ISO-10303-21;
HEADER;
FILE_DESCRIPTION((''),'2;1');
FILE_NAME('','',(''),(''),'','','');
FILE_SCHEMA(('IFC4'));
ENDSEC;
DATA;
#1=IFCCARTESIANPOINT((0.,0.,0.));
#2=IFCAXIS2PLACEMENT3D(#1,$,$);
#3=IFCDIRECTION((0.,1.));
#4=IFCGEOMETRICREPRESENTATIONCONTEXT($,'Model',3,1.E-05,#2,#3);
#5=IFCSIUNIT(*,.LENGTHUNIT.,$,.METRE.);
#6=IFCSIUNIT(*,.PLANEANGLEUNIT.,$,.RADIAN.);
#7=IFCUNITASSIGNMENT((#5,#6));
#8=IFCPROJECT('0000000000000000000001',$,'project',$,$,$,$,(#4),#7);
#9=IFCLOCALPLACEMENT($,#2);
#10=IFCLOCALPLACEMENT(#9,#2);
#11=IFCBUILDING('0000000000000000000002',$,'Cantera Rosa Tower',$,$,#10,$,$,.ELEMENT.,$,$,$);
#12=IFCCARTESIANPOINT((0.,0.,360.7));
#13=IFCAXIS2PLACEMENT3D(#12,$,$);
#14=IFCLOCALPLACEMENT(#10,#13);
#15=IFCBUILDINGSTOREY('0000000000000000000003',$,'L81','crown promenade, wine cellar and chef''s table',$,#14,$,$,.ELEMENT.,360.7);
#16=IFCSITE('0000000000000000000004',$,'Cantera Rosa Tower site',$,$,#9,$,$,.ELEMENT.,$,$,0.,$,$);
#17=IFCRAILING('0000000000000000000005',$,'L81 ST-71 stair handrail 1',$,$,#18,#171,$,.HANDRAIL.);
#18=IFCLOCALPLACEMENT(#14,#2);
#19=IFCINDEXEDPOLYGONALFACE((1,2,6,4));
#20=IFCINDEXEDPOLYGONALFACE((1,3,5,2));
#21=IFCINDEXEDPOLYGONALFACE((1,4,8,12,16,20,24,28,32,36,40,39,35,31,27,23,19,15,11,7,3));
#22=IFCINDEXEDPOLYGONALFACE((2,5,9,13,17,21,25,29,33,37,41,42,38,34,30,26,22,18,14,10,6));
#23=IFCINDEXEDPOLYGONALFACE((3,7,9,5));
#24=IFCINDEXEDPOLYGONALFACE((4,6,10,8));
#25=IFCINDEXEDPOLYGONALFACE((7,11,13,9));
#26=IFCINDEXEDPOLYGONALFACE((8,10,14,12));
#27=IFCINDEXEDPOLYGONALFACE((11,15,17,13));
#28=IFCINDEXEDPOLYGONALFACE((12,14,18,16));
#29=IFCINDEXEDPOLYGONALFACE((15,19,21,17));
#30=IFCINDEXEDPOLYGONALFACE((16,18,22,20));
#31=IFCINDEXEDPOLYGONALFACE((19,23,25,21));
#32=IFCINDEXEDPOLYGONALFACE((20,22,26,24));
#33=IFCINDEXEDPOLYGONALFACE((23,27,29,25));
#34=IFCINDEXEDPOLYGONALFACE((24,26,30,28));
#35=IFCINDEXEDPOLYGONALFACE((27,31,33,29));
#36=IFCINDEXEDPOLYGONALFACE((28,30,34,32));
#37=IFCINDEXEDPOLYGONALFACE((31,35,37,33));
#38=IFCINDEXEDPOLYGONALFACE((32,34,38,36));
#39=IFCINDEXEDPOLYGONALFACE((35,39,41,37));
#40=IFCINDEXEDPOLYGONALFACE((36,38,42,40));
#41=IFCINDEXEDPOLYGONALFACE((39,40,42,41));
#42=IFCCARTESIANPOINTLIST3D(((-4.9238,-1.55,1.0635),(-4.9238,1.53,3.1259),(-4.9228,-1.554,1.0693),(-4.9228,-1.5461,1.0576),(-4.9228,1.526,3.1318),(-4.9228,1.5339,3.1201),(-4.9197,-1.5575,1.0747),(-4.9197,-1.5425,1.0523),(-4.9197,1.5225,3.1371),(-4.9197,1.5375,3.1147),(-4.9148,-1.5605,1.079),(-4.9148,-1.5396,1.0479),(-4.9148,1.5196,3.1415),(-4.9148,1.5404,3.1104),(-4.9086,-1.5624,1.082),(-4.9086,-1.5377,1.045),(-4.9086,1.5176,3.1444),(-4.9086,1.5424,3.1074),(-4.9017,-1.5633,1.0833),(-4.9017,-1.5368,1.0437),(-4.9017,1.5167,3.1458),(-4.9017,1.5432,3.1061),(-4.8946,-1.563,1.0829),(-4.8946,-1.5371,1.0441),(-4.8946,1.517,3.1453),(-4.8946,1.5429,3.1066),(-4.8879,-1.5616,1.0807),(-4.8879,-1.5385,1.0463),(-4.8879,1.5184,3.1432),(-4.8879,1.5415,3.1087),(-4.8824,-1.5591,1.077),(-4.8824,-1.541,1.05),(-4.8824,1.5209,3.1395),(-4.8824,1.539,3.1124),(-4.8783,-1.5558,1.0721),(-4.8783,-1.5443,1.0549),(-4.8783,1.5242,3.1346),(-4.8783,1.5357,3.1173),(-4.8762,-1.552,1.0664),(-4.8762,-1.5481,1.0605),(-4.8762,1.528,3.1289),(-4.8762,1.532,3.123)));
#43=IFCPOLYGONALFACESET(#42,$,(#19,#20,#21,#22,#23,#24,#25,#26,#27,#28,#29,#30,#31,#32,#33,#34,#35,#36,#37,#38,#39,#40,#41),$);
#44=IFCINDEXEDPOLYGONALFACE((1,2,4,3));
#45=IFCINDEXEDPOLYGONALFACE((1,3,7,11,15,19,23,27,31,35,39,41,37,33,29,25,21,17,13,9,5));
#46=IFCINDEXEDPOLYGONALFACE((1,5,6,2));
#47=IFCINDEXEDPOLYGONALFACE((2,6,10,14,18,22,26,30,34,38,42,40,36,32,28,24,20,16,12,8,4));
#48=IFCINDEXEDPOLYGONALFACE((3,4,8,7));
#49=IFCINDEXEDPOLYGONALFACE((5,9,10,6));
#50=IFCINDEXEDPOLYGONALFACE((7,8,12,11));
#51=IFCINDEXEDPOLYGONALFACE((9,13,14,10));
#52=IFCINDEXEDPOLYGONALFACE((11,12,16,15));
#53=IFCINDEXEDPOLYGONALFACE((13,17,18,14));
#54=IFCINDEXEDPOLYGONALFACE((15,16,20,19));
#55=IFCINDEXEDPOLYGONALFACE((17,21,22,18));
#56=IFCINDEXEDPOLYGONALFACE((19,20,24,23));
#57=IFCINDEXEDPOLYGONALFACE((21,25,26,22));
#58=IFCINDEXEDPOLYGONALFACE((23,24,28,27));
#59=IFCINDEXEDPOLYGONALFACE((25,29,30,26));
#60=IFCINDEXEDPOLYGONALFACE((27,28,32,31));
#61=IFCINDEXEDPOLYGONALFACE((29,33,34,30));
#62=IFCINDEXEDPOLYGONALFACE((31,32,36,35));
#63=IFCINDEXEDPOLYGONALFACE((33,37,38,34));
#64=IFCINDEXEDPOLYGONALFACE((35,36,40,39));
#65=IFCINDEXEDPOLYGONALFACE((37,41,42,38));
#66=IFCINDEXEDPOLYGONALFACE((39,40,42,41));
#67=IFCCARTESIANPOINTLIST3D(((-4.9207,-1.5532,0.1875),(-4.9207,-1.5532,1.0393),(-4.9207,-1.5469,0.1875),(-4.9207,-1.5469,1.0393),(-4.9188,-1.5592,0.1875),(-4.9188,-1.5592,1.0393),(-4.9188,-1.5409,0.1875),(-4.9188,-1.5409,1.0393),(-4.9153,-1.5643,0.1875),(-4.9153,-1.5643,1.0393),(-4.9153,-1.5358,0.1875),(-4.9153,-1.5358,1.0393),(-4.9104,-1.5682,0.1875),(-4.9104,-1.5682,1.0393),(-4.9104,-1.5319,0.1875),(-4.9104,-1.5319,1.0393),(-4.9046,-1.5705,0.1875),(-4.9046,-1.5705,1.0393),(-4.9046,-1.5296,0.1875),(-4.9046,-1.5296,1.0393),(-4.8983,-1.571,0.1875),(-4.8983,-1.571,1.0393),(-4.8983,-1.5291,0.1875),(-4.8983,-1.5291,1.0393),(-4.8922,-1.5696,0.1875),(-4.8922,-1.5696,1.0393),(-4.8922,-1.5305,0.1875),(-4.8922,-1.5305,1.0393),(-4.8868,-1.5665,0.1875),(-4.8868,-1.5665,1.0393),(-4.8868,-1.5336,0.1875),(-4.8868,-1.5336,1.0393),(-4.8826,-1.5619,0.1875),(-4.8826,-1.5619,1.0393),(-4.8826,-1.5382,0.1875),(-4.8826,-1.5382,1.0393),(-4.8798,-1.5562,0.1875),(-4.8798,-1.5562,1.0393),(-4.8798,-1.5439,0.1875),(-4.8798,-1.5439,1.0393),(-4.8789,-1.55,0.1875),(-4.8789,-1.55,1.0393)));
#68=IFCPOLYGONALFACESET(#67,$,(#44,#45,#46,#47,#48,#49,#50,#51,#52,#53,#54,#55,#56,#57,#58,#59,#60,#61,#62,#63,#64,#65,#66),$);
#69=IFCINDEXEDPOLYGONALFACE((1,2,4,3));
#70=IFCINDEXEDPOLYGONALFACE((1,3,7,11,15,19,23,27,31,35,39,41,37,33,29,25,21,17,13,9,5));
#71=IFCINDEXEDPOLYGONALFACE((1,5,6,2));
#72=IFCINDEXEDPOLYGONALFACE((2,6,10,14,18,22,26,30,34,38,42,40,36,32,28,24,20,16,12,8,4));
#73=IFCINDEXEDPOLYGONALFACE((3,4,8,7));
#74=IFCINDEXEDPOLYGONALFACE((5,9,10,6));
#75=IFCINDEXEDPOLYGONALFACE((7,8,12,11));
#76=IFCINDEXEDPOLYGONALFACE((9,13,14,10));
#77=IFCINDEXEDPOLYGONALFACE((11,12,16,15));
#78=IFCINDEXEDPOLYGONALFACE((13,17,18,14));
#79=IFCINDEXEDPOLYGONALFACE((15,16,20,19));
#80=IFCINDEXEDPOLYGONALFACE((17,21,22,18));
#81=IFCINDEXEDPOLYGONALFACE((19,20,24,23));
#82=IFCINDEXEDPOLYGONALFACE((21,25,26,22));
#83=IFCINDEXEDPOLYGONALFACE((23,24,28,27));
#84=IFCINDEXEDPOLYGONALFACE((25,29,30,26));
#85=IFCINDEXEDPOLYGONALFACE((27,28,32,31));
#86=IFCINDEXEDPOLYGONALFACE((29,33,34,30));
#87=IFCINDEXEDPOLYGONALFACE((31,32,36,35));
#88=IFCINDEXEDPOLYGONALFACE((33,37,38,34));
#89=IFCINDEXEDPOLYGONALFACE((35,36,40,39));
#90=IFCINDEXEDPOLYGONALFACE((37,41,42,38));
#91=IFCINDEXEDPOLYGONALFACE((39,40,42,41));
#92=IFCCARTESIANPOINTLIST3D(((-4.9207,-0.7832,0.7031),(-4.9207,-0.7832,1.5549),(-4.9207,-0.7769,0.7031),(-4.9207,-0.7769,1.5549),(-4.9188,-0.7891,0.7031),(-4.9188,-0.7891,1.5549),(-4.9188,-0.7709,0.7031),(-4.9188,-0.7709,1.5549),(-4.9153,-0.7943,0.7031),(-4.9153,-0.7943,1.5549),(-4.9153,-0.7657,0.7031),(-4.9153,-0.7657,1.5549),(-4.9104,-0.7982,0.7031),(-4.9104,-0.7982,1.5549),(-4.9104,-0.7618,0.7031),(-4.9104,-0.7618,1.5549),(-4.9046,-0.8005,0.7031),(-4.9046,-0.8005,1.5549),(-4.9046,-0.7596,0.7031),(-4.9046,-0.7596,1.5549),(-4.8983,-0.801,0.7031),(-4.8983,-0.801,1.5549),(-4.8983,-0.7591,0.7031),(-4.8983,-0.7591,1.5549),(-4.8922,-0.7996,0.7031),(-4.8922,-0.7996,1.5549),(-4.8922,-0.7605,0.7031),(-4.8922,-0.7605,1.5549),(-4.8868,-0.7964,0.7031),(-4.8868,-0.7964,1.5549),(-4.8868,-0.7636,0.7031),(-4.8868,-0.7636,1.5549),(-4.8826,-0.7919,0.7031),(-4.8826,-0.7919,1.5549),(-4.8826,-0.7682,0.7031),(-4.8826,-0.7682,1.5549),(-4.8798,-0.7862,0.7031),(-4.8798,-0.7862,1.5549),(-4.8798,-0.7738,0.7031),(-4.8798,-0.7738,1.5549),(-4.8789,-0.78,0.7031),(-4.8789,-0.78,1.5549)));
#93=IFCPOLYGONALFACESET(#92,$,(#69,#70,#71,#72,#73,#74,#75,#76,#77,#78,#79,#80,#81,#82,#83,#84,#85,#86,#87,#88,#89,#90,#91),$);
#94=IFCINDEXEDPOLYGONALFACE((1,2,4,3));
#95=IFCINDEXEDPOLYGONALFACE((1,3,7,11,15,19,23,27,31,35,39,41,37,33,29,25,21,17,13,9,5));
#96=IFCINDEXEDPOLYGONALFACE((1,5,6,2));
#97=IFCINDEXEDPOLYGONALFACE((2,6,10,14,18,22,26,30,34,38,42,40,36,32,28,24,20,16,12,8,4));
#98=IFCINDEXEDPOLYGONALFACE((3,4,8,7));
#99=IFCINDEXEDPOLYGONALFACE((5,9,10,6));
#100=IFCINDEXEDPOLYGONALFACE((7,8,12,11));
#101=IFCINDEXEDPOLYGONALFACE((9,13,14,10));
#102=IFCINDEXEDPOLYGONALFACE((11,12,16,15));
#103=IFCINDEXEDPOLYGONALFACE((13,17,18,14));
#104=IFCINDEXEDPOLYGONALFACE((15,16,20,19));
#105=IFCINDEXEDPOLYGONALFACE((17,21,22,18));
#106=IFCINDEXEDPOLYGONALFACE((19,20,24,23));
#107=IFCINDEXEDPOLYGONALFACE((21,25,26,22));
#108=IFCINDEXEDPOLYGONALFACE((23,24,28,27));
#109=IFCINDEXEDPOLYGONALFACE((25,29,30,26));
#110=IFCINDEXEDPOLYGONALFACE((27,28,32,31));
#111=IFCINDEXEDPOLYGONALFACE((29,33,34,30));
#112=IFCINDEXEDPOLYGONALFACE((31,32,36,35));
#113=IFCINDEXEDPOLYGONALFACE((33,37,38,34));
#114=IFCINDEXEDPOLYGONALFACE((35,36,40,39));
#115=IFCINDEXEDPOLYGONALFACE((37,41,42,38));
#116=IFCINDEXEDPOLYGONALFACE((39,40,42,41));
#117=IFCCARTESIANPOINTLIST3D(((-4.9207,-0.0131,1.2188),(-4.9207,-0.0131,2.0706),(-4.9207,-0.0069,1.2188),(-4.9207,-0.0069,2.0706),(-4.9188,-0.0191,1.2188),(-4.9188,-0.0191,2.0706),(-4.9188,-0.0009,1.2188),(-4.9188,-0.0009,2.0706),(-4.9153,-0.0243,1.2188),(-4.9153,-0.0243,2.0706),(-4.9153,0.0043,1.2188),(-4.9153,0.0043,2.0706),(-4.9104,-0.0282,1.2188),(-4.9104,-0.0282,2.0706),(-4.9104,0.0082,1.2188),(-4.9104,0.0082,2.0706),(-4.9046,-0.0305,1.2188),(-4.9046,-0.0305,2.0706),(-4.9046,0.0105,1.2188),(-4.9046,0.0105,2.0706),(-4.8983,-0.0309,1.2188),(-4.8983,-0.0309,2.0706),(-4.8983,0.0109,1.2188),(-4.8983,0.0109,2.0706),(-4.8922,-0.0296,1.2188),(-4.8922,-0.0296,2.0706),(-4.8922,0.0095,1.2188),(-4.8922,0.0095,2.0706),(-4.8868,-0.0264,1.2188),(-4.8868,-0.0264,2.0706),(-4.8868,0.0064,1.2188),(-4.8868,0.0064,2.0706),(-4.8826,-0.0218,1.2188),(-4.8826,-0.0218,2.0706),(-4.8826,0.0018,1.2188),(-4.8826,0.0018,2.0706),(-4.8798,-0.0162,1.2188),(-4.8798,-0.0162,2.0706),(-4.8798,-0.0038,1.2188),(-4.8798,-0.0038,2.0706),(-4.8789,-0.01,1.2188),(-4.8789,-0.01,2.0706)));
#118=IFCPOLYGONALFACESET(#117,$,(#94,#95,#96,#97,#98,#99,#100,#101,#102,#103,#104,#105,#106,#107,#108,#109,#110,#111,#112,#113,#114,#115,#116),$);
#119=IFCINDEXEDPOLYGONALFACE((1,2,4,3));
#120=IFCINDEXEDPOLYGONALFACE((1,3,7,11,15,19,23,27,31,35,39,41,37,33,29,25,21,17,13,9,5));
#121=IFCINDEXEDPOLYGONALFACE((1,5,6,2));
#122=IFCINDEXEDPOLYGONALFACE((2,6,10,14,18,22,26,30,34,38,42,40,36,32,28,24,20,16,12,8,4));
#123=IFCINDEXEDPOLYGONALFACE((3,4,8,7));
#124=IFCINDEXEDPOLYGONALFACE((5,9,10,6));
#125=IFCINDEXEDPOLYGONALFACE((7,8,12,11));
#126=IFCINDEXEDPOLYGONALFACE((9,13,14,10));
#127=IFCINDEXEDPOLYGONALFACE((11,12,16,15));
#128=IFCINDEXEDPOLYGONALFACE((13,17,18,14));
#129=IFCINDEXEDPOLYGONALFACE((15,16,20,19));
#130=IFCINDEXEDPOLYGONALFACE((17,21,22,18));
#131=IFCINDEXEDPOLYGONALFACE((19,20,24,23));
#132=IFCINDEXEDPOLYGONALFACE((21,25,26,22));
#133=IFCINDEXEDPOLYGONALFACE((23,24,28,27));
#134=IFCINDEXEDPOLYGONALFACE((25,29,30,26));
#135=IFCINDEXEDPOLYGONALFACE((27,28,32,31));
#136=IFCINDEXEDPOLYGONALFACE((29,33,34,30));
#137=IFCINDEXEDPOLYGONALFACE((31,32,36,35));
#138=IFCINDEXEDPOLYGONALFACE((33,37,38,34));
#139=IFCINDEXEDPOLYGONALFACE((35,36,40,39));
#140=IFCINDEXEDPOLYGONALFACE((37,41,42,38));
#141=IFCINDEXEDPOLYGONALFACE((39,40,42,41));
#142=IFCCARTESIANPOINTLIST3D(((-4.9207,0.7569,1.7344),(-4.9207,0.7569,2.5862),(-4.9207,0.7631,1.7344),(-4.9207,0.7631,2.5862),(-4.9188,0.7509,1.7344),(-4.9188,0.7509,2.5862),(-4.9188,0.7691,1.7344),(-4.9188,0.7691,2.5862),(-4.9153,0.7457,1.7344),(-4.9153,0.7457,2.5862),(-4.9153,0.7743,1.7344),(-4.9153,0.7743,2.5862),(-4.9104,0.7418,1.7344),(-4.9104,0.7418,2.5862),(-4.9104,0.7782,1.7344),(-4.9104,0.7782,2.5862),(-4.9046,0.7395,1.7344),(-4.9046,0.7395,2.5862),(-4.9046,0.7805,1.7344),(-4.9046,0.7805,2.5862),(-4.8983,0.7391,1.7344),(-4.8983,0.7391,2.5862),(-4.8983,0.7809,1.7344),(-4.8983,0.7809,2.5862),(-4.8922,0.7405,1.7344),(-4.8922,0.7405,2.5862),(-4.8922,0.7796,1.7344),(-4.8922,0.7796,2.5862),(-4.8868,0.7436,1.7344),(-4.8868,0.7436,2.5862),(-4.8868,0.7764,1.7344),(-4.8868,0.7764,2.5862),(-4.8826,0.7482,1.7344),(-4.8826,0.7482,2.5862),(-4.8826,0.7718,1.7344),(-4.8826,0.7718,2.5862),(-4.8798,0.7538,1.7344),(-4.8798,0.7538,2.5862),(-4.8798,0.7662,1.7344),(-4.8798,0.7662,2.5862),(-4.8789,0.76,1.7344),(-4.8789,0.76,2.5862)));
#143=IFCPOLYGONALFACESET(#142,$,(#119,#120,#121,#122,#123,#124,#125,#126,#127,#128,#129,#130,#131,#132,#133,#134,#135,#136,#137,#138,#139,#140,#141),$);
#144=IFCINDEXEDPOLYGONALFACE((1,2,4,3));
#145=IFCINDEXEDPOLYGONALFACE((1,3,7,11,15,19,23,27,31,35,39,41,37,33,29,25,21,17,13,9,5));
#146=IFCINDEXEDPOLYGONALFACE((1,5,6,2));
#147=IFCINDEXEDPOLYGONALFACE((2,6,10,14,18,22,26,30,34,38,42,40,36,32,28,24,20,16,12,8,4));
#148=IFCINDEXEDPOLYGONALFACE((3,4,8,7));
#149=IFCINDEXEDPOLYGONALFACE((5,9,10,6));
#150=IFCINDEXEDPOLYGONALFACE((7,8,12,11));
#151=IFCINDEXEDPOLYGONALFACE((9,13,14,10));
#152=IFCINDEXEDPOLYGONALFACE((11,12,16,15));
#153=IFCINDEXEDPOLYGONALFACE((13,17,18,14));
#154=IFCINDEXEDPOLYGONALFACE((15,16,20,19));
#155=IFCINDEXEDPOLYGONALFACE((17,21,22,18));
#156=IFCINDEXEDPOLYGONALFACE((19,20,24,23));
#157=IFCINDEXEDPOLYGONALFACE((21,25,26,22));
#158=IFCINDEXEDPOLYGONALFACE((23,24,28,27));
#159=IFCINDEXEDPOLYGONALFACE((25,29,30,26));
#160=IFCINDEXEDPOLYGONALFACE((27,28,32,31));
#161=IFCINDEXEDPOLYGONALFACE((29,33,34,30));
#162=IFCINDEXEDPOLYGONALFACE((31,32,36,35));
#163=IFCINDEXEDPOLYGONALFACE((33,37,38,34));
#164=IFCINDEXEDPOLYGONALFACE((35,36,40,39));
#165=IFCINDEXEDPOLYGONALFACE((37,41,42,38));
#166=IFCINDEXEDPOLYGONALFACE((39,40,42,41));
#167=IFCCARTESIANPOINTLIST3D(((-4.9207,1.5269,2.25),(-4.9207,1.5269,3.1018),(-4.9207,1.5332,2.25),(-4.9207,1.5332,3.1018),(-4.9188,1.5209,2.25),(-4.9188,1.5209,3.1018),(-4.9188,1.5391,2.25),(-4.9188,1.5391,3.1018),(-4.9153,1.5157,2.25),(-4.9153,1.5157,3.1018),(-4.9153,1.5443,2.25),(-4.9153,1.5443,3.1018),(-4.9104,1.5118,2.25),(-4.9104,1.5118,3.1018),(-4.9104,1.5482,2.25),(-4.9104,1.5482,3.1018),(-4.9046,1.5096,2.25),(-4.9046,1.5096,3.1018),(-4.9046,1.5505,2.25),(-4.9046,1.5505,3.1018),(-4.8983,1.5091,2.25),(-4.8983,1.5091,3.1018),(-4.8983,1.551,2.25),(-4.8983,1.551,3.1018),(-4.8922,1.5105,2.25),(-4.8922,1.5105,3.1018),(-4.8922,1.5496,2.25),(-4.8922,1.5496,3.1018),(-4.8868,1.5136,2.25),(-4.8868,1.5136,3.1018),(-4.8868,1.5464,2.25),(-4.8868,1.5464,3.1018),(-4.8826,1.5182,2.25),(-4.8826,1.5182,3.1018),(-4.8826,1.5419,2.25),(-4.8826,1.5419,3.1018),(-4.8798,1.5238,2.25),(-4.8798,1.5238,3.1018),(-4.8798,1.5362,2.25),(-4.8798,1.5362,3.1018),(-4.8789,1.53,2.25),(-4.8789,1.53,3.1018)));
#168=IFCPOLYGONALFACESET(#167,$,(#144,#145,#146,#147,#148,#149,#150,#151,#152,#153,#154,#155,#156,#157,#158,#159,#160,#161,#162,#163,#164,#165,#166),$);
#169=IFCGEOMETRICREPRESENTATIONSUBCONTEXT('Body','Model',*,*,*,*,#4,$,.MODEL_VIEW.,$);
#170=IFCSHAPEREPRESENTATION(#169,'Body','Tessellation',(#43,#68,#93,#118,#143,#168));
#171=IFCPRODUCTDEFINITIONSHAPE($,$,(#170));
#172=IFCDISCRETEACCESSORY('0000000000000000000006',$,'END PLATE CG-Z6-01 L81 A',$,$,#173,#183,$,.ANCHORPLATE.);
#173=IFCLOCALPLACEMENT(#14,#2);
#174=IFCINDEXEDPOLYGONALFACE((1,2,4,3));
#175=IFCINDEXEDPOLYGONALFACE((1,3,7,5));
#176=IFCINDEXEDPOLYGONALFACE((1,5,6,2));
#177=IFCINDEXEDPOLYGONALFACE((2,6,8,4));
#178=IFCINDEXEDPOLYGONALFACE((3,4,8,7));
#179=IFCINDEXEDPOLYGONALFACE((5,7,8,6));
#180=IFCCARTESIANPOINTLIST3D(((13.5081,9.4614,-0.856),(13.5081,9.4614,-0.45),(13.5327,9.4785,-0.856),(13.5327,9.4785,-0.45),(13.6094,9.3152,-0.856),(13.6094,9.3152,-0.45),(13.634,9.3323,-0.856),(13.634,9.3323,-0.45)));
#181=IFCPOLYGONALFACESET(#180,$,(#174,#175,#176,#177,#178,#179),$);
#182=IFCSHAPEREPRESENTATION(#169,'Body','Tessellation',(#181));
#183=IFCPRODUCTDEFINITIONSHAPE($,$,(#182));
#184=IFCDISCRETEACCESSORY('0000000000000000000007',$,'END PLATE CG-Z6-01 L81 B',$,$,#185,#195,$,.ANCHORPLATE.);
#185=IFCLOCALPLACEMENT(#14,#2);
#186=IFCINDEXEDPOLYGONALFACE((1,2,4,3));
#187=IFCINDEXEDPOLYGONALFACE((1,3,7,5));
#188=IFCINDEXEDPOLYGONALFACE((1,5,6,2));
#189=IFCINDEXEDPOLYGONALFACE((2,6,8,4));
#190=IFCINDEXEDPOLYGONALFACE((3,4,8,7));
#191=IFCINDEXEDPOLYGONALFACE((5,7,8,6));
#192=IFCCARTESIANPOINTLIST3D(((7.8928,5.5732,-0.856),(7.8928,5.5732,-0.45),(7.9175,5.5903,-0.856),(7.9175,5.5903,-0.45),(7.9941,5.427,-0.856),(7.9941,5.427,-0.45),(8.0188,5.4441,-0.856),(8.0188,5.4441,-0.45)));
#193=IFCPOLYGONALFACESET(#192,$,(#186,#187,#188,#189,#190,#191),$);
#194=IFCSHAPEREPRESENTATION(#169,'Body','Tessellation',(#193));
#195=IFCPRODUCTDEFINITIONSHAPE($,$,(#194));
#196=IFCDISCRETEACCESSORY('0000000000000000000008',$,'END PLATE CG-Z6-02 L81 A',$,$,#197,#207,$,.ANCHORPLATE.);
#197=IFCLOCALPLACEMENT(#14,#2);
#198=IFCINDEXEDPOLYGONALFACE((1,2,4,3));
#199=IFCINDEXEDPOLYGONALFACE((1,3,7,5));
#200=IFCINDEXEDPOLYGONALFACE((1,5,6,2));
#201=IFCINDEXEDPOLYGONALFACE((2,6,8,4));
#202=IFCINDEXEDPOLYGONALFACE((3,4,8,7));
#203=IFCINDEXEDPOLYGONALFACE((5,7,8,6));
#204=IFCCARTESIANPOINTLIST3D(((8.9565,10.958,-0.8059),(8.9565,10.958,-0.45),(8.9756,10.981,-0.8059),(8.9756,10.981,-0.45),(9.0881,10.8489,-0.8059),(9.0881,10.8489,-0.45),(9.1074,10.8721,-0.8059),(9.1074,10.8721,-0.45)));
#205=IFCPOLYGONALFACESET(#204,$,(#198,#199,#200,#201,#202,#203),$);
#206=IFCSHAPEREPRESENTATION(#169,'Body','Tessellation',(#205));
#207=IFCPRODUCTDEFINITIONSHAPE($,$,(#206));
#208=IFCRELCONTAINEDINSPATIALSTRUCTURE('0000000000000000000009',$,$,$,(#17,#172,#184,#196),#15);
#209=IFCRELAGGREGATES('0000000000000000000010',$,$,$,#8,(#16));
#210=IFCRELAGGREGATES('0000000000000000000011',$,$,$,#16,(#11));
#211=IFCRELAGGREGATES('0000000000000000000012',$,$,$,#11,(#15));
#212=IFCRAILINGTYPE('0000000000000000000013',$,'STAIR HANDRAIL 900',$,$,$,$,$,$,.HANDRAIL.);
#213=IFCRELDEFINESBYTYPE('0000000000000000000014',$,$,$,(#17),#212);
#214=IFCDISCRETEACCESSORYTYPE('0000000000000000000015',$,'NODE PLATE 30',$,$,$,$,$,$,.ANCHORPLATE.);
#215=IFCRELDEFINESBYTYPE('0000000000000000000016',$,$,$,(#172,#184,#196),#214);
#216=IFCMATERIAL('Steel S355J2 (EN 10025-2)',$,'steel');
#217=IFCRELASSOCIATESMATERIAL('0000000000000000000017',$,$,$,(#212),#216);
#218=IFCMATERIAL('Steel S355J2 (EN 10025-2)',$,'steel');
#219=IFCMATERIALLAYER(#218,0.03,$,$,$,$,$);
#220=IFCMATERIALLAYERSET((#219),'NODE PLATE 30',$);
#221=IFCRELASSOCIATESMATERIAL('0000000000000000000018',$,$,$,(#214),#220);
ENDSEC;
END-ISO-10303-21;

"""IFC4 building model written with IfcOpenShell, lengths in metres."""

from ifc_helpers import new_model, si_unit, direction, frame, origin, origin_2d, place, context, subcontext, project, spatial, polyline, circle, outline, extrude, material, layer, layer_set, type_object, element, save


model = new_model("IFC4")

# Units and contexts
model_context = context("Model", 3, precision=1e-05, world=origin(), true_north=direction((0.0, 1.0)))
body_context = subcontext(model_context, "Body", "Model", "MODEL_VIEW")
ifc_project = project(units=[si_unit("LENGTHUNIT", "METRE"), si_unit("PLANEANGLEUNIT", "RADIAN")], contexts=[model_context])

# Site, building, storey
site_placement = place(None, origin())
site = spatial("IfcSite", under=ifc_project, at=site_placement, Name="Cantera Rosa Tower site", CompositionType="ELEMENT", RefElevation=0.0)
building_placement = place(site_placement, origin())
building = spatial("IfcBuilding", under=site, at=building_placement, Name="Cantera Rosa Tower", CompositionType="ELEMENT")
storey_placement = place(building_placement, frame((0.0, 0.0, 360.7)))
storey = spatial("IfcBuildingStorey", under=building, at=storey_placement, Name="L81", Description="crown promenade, wine cellar and chef's table", CompositionType="ELEMENT", Elevation=360.7)

# Railing
ifc_material_1 = material(Name="Steel S355J2 (EN 10025-2)", Category="steel")
railing_type_1 = type_object("IfcRailingType", Name="STAIR HANDRAIL 900", PredefinedType="HANDRAIL", material=ifc_material_1)
railing_1_placement = place(storey_placement, frame((-4.8999, -1.55, 0.1875)))
element("IfcRailing", 1, at=railing_1_placement, inside=storey, type_object=railing_type_1, Name="L81 ST-71 stair handrail 1", PredefinedType="HANDRAIL", context=body_context, shape_type="SweptSolid", body=[
    extrude(circle(Radius=0.0239, at=origin_2d()), frame((0.0, 0.0, 0.876), z_axis=(0.0, 0.830914, 0.556401), x_axis=(-1.0, 0.0, 0.0)), (0.0, 0.0, 1.0), 3.7068),
    extrude(circle(Radius=0.021, at=origin_2d()), origin(), (0.0, 0.0, 1.0), 0.8518),
    extrude(circle(Radius=0.021, at=origin_2d()), frame((0.0, 0.77, 0.5156)), (0.0, 0.0, 1.0), 0.8518),
    extrude(circle(Radius=0.021, at=origin_2d()), frame((0.0, 1.54, 1.0312)), (0.0, 0.0, 1.0), 0.8518),
    extrude(circle(Radius=0.021, at=origin_2d()), frame((0.0, 2.3101, 1.5469)), (0.0, 0.0, 1.0), 0.8518),
    extrude(circle(Radius=0.021, at=origin_2d()), frame((0.0, 3.0801, 2.0625)), (0.0, 0.0, 1.0), 0.8518),
])

# Discrete accessories
ifc_material_2 = material(Name="Steel S355J2 (EN 10025-2)", Category="steel")
ifc_layer_1 = layer(ifc_material_2, 0.03)
ifc_layer_set_1 = layer_set([ifc_layer_1], Name="NODE PLATE 30")
discrete_accessory_type = type_object("IfcDiscreteAccessoryType", Name="NODE PLATE 30", PredefinedType="ANCHORPLATE", material=ifc_layer_set_1)
discrete_accessory_1_placement = place(storey_placement, frame((0.0, 0.0, -0.856)))
element("IfcDiscreteAccessory", 2, at=discrete_accessory_1_placement, inside=storey, type_object=discrete_accessory_type, Name="END PLATE CG-Z6-01 L81 A", PredefinedType="ANCHORPLATE", context=body_context, shape_type="SweptSolid", body=[
    extrude(outline(polyline([(13.5081, 9.4614), (13.5327, 9.4785), (13.634, 9.3323), (13.6094, 9.3152), (13.5081, 9.4614)])), origin(), (0.0, 0.0, 1.0), 0.406),
])
discrete_accessory_2_placement = place(storey_placement, frame((0.0, 0.0, -0.856)))
element("IfcDiscreteAccessory", 3, at=discrete_accessory_2_placement, inside=storey, type_object=discrete_accessory_type, Name="END PLATE CG-Z6-01 L81 B", PredefinedType="ANCHORPLATE", context=body_context, shape_type="SweptSolid", body=[
    extrude(outline(polyline([(8.0188, 5.4441), (7.9941, 5.427), (7.8928, 5.5732), (7.9175, 5.5903), (8.0188, 5.4441)])), origin(), (0.0, 0.0, 1.0), 0.406),
])
discrete_accessory_3_placement = place(storey_placement, frame((0.0, 0.0, -0.8059)))
element("IfcDiscreteAccessory", 4, at=discrete_accessory_3_placement, inside=storey, type_object=discrete_accessory_type, Name="END PLATE CG-Z6-02 L81 A", PredefinedType="ANCHORPLATE", context=body_context, shape_type="SweptSolid", body=[
    extrude(outline(polyline([(8.9565, 10.958), (8.9756, 10.981), (9.1074, 10.8721), (9.0881, 10.8489), (8.9565, 10.958)])), origin(), (0.0, 0.0, 1.0), 0.356),
])

save(model, "model.ifc")
